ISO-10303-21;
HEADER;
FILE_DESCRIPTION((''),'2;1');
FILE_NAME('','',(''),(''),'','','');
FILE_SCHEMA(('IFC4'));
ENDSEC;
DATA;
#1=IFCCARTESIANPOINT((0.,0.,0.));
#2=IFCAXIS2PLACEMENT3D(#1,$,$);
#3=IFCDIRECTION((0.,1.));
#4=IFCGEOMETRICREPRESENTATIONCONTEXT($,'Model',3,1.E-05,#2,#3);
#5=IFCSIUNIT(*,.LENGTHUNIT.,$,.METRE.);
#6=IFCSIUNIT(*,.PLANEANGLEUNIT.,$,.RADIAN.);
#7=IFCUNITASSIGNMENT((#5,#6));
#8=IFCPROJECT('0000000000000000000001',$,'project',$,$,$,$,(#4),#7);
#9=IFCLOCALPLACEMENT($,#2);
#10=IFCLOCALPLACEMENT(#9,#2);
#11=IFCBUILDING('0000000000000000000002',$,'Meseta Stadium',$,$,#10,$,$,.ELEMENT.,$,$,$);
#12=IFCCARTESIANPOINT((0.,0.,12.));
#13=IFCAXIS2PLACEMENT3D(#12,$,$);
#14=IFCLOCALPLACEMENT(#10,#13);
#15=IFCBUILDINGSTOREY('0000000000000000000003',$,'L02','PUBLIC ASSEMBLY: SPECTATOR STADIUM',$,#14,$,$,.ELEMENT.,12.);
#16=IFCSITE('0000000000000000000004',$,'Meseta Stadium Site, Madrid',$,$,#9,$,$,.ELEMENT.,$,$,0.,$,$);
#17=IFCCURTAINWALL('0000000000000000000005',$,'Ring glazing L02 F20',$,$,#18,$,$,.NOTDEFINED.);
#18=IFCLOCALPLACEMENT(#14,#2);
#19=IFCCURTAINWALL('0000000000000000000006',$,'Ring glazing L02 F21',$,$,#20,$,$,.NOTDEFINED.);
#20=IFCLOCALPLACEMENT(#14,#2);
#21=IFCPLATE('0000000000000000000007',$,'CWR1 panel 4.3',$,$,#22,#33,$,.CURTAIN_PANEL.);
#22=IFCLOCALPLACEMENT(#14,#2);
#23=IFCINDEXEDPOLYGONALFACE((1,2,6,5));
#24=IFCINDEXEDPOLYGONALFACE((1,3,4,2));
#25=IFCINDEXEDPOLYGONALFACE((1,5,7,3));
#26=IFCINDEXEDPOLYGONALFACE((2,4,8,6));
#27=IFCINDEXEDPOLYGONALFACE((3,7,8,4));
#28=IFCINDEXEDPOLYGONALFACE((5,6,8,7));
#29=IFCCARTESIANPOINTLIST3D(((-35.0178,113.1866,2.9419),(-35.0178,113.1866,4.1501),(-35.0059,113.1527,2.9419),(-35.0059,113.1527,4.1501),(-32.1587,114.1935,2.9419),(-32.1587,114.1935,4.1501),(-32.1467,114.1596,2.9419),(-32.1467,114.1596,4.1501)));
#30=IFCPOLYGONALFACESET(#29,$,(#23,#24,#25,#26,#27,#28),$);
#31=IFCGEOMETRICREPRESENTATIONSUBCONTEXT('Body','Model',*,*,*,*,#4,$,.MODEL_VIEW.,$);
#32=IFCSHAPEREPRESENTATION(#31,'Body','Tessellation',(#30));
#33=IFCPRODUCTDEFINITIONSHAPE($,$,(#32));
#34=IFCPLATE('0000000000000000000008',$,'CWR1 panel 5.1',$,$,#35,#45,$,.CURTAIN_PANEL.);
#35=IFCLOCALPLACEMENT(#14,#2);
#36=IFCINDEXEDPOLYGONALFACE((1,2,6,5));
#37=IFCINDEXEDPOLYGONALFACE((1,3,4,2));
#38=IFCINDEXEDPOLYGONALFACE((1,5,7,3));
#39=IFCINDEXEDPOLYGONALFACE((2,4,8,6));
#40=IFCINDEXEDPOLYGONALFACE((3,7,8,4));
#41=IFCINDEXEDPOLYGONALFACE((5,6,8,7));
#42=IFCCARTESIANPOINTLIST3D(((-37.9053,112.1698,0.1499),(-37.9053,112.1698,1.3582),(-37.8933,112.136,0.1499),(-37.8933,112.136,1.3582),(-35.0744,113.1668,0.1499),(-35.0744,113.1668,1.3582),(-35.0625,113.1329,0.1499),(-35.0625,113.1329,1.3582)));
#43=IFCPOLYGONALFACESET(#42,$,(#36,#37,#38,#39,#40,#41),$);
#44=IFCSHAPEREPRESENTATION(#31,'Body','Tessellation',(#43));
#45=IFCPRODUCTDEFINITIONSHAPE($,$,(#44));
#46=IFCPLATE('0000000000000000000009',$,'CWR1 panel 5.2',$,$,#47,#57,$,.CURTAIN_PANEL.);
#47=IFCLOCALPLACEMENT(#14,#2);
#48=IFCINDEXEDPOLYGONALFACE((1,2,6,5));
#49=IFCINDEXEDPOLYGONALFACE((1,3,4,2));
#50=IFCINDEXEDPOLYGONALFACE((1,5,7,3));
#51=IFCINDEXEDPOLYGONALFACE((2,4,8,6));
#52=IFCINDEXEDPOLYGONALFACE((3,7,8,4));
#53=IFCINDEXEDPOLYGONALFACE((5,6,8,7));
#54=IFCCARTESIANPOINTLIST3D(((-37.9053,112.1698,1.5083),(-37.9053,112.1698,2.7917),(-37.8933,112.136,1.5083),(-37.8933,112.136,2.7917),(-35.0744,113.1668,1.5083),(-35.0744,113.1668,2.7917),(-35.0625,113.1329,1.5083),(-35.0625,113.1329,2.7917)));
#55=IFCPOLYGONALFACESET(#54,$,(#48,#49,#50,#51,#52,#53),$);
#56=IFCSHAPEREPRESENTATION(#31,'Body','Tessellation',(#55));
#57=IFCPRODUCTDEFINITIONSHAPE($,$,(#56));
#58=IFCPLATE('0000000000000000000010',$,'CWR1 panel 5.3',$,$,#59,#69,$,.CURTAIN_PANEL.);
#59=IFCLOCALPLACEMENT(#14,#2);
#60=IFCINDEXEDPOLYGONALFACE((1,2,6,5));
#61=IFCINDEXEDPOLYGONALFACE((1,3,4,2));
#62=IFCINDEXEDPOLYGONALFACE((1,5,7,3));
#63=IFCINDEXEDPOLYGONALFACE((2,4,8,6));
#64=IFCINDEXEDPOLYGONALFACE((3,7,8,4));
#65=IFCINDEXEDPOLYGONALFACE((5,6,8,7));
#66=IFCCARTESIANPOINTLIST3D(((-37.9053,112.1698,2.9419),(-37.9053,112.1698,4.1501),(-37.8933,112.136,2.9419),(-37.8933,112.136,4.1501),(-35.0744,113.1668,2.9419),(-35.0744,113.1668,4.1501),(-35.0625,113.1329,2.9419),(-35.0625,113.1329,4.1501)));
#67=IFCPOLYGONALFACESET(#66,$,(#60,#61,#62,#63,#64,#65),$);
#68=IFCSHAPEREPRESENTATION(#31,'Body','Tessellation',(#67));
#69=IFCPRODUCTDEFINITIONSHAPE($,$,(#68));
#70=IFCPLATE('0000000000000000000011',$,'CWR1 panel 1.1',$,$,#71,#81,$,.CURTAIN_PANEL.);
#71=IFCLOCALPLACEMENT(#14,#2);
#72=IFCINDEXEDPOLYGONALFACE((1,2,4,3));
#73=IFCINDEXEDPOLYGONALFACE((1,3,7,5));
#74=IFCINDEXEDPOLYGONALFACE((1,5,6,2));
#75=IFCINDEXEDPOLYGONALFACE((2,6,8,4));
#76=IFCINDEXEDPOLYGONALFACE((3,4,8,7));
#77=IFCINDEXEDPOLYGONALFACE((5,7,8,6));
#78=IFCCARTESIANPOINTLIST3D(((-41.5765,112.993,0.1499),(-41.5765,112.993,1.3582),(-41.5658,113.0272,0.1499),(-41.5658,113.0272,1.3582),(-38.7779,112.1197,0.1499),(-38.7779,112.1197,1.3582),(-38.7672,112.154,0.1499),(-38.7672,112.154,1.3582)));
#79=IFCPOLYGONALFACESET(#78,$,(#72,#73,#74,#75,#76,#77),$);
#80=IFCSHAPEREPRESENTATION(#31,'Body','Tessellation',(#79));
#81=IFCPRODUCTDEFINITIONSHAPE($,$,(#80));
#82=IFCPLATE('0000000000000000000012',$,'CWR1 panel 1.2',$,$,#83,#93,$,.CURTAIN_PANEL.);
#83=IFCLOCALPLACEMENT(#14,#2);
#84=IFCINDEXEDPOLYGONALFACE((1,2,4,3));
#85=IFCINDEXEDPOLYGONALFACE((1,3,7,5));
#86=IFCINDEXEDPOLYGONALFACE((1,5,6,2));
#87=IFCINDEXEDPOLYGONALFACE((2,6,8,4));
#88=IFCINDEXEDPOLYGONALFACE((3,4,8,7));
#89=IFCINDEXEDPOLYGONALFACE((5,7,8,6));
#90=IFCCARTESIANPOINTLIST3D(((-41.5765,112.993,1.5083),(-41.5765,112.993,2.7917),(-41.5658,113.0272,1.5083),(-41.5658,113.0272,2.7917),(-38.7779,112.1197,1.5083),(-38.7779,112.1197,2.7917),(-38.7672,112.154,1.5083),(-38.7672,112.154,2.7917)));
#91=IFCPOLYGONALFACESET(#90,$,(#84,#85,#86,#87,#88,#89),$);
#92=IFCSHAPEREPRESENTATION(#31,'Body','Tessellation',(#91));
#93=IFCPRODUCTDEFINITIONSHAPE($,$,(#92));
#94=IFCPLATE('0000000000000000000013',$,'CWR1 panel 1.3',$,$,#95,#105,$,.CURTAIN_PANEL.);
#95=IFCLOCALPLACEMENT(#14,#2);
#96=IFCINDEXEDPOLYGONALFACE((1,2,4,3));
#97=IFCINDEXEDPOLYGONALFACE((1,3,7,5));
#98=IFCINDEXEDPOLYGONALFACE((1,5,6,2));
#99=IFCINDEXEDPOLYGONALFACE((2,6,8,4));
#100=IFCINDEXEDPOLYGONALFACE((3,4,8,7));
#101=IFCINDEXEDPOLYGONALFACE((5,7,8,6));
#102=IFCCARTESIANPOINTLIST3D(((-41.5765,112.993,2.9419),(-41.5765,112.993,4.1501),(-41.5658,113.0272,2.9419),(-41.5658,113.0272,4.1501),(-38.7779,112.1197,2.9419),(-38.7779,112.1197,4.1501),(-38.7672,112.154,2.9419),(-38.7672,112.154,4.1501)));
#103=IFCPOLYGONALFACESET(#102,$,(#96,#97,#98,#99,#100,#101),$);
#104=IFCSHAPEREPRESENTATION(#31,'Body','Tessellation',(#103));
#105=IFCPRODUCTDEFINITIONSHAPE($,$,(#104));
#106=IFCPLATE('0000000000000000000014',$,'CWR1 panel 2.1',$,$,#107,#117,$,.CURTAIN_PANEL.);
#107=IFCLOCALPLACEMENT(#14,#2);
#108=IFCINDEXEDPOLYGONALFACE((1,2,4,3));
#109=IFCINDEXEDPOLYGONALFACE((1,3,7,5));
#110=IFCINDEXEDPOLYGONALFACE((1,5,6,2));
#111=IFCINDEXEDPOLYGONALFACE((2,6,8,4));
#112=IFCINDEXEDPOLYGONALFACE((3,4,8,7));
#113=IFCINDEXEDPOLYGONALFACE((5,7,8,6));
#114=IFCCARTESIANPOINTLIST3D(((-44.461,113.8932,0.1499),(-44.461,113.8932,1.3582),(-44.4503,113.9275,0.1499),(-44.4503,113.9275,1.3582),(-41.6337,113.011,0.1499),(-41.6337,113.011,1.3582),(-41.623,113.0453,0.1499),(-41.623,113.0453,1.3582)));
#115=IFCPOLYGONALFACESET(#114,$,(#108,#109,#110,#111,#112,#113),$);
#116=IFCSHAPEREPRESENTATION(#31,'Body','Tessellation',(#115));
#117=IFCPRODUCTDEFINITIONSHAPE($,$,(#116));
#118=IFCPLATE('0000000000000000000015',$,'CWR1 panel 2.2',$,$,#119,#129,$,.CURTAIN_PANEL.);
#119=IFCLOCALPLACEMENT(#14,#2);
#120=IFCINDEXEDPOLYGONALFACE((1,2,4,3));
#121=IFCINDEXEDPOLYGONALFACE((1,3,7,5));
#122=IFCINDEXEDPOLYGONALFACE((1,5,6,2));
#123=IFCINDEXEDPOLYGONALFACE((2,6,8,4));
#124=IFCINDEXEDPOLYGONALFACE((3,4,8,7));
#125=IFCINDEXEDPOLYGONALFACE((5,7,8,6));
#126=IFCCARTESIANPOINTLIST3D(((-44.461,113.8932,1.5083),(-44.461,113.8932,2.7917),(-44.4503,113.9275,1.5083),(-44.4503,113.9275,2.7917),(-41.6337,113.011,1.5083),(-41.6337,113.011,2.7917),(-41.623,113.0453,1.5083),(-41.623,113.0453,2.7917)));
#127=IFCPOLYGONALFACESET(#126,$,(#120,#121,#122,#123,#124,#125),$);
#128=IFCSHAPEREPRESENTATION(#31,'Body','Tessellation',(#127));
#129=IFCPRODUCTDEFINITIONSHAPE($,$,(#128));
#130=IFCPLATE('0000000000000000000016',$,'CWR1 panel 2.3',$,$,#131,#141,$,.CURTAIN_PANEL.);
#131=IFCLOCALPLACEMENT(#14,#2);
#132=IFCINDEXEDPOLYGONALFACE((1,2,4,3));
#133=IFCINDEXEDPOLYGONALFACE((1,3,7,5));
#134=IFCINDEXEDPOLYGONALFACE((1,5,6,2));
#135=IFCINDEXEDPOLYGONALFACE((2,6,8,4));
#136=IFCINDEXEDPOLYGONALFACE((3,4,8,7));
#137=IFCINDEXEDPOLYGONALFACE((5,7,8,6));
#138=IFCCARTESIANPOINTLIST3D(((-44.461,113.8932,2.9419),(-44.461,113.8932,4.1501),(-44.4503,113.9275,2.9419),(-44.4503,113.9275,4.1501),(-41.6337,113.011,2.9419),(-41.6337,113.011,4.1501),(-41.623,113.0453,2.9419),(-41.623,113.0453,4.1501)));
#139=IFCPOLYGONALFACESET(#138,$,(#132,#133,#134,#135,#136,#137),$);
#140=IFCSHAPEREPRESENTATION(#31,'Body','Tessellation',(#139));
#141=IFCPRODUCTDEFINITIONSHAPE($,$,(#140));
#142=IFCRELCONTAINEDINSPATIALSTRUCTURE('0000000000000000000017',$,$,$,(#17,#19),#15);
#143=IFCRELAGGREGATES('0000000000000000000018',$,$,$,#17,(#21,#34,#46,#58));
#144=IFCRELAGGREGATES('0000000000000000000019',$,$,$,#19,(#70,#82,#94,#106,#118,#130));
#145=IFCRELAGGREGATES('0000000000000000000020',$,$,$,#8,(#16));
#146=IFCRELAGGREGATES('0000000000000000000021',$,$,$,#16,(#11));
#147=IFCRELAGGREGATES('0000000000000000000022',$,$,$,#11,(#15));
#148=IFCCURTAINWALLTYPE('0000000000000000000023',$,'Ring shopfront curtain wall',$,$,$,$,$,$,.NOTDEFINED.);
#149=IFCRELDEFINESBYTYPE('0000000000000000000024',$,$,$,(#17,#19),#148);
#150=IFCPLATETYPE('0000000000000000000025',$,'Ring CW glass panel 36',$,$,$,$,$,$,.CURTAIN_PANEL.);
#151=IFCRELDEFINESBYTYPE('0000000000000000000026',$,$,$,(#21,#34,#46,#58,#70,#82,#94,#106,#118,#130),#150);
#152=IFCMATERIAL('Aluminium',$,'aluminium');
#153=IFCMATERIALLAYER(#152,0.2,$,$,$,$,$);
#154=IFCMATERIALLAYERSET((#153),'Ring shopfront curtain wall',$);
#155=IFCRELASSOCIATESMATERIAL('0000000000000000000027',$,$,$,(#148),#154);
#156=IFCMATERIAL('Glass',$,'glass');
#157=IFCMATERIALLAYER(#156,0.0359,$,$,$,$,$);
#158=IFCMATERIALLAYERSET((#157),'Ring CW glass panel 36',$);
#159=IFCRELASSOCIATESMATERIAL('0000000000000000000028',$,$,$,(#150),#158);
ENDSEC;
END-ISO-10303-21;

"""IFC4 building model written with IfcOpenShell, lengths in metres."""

from ifc_helpers import new_model, si_unit, direction, frame, origin, origin_2d, place, context, subcontext, project, spatial, rectangle, extrude, material, layer, layer_set, type_object, element, aggregate, save


model = new_model("IFC4")

# Units and contexts
model_context = context("Model", 3, precision=1e-05, world=origin(), true_north=direction((0.0, 1.0)))
body_context = subcontext(model_context, "Body", "Model", "MODEL_VIEW")
ifc_project = project(units=[si_unit("LENGTHUNIT", "METRE"), si_unit("PLANEANGLEUNIT", "RADIAN")], contexts=[model_context])

# Site, building, storey
site_placement = place(None, origin())
site = spatial("IfcSite", under=ifc_project, at=site_placement, Name="Meseta Stadium Site, Madrid", CompositionType="ELEMENT", RefElevation=0.0)
building_placement = place(site_placement, origin())
building = spatial("IfcBuilding", under=site, at=building_placement, Name="Meseta Stadium", CompositionType="ELEMENT")
storey_placement = place(building_placement, frame((0.0, 0.0, 12.0)))
storey = spatial("IfcBuildingStorey", under=building, at=storey_placement, Name="L02", Description="PUBLIC ASSEMBLY: SPECTATOR STADIUM", CompositionType="ELEMENT", Elevation=12.0)

# Curtain walls
ifc_material_1 = material(Name="Aluminium", Category="aluminium")
ifc_layer_1 = layer(ifc_material_1, 0.2)
ifc_layer_set_1 = layer_set([ifc_layer_1], Name="Ring shopfront curtain wall")
curtain_wall_type = type_object("IfcCurtainWallType", Name="Ring shopfront curtain wall", PredefinedType="NOTDEFINED", material=ifc_layer_set_1)
curtain_wall_1_placement = place(storey_placement, origin())
curtain_wall_1 = element("IfcCurtainWall", 1, at=curtain_wall_1_placement, inside=storey, type_object=curtain_wall_type, Name="Ring glazing L02 F20", PredefinedType="NOTDEFINED")
curtain_wall_2_placement = place(storey_placement, origin())
curtain_wall_2 = element("IfcCurtainWall", 2, at=curtain_wall_2_placement, inside=storey, type_object=curtain_wall_type, Name="Ring glazing L02 F21", PredefinedType="NOTDEFINED")

# Plates
ifc_material_2 = material(Name="Glass", Category="glass")
ifc_layer_2 = layer(ifc_material_2, 0.0359)
ifc_layer_set_2 = layer_set([ifc_layer_2], Name="Ring CW glass panel 36")
plate_type = type_object("IfcPlateType", Name="Ring CW glass panel 36", PredefinedType="CURTAIN_PANEL", material=ifc_layer_set_2)
plate_1_placement = place(storey_placement, frame((-33.5823, 113.6731, 2.9419), z_axis=(0.0, 0.0, 1.0), x_axis=(-0.943218, -0.332174, 0.0)))
plate_1 = element("IfcPlate", 3, at=plate_1_placement, type_object=plate_type, Name="CWR1 panel 4.3", PredefinedType="CURTAIN_PANEL", context=body_context, shape_type="SweptSolid", body=[
    extrude(rectangle(XDim=3.0312, YDim=0.0359, at=origin_2d()), origin(), (0.0, 0.0, 1.0), 1.2083),
])
plate_2_placement = place(storey_placement, frame((-36.4839, 112.6514, 0.1499), z_axis=(0.0, 0.0, 1.0), x_axis=(-0.943218, -0.332174, 0.0)))
plate_2 = element("IfcPlate", 4, at=plate_2_placement, type_object=plate_type, Name="CWR1 panel 5.1", PredefinedType="CURTAIN_PANEL", context=body_context, shape_type="SweptSolid", body=[
    extrude(rectangle(XDim=3.0012, YDim=0.0359, at=origin_2d()), origin(), (0.0, 0.0, 1.0), 1.2083),
])
plate_3_placement = place(storey_placement, frame((-36.4839, 112.6514, 1.5083), z_axis=(0.0, 0.0, 1.0), x_axis=(-0.943218, -0.332174, 0.0)))
plate_3 = element("IfcPlate", 5, at=plate_3_placement, type_object=plate_type, Name="CWR1 panel 5.2", PredefinedType="CURTAIN_PANEL", context=body_context, shape_type="SweptSolid", body=[
    extrude(rectangle(XDim=3.0012, YDim=0.0359, at=origin_2d()), origin(), (0.0, 0.0, 1.0), 1.2834),
])
plate_4_placement = place(storey_placement, frame((-36.4839, 112.6514, 2.9419), z_axis=(0.0, 0.0, 1.0), x_axis=(-0.943218, -0.332174, 0.0)))
plate_4 = element("IfcPlate", 6, at=plate_4_placement, type_object=plate_type, Name="CWR1 panel 5.3", PredefinedType="CURTAIN_PANEL", context=body_context, shape_type="SweptSolid", body=[
    extrude(rectangle(XDim=3.0012, YDim=0.0359, at=origin_2d()), origin(), (0.0, 0.0, 1.0), 1.2083),
])
aggregate(curtain_wall_1, [plate_1, plate_2, plate_3, plate_4])
plate_5_placement = place(storey_placement, frame((-40.1719, 112.5735, 0.1499), z_axis=(0.0, 0.0, 1.0), x_axis=(-0.954609, 0.297861, 0.0)))
plate_5 = element("IfcPlate", 7, at=plate_5_placement, type_object=plate_type, Name="CWR1 panel 1.1", PredefinedType="CURTAIN_PANEL", context=body_context, shape_type="SweptSolid", body=[
    extrude(rectangle(XDim=2.9316, YDim=0.0359, at=origin_2d()), origin(), (0.0, 0.0, 1.0), 1.2083),
])
plate_6_placement = place(storey_placement, frame((-40.1719, 112.5735, 1.5083), z_axis=(0.0, 0.0, 1.0), x_axis=(-0.954609, 0.297861, 0.0)))
plate_6 = element("IfcPlate", 8, at=plate_6_placement, type_object=plate_type, Name="CWR1 panel 1.2", PredefinedType="CURTAIN_PANEL", context=body_context, shape_type="SweptSolid", body=[
    extrude(rectangle(XDim=2.9316, YDim=0.0359, at=origin_2d()), origin(), (0.0, 0.0, 1.0), 1.2834),
])
plate_7_placement = place(storey_placement, frame((-40.1719, 112.5735, 2.9419), z_axis=(0.0, 0.0, 1.0), x_axis=(-0.954609, 0.297861, 0.0)))
plate_7 = element("IfcPlate", 9, at=plate_7_placement, type_object=plate_type, Name="CWR1 panel 1.3", PredefinedType="CURTAIN_PANEL", context=body_context, shape_type="SweptSolid", body=[
    extrude(rectangle(XDim=2.9316, YDim=0.0359, at=origin_2d()), origin(), (0.0, 0.0, 1.0), 1.2083),
])
plate_8_placement = place(storey_placement, frame((-43.042, 113.4692, 0.1499), z_axis=(0.0, 0.0, 1.0), x_axis=(-0.954609, 0.297861, 0.0)))
plate_8 = element("IfcPlate", 10, at=plate_8_placement, type_object=plate_type, Name="CWR1 panel 2.1", PredefinedType="CURTAIN_PANEL", context=body_context, shape_type="SweptSolid", body=[
    extrude(rectangle(XDim=2.9617, YDim=0.0359, at=origin_2d()), origin(), (0.0, 0.0, 1.0), 1.2083),
])
plate_9_placement = place(storey_placement, frame((-43.042, 113.4692, 1.5083), z_axis=(0.0, 0.0, 1.0), x_axis=(-0.954609, 0.297861, 0.0)))
plate_9 = element("IfcPlate", 11, at=plate_9_placement, type_object=plate_type, Name="CWR1 panel 2.2", PredefinedType="CURTAIN_PANEL", context=body_context, shape_type="SweptSolid", body=[
    extrude(rectangle(XDim=2.9617, YDim=0.0359, at=origin_2d()), origin(), (0.0, 0.0, 1.0), 1.2834),
])
plate_10_placement = place(storey_placement, frame((-43.042, 113.4692, 2.9419), z_axis=(0.0, 0.0, 1.0), x_axis=(-0.954609, 0.297861, 0.0)))
plate_10 = element("IfcPlate", 12, at=plate_10_placement, type_object=plate_type, Name="CWR1 panel 2.3", PredefinedType="CURTAIN_PANEL", context=body_context, shape_type="SweptSolid", body=[
    extrude(rectangle(XDim=2.9617, YDim=0.0359, at=origin_2d()), origin(), (0.0, 0.0, 1.0), 1.2083),
])
aggregate(curtain_wall_2, [plate_5, plate_6, plate_7, plate_8, plate_9, plate_10])

save(model, "model.ifc")
